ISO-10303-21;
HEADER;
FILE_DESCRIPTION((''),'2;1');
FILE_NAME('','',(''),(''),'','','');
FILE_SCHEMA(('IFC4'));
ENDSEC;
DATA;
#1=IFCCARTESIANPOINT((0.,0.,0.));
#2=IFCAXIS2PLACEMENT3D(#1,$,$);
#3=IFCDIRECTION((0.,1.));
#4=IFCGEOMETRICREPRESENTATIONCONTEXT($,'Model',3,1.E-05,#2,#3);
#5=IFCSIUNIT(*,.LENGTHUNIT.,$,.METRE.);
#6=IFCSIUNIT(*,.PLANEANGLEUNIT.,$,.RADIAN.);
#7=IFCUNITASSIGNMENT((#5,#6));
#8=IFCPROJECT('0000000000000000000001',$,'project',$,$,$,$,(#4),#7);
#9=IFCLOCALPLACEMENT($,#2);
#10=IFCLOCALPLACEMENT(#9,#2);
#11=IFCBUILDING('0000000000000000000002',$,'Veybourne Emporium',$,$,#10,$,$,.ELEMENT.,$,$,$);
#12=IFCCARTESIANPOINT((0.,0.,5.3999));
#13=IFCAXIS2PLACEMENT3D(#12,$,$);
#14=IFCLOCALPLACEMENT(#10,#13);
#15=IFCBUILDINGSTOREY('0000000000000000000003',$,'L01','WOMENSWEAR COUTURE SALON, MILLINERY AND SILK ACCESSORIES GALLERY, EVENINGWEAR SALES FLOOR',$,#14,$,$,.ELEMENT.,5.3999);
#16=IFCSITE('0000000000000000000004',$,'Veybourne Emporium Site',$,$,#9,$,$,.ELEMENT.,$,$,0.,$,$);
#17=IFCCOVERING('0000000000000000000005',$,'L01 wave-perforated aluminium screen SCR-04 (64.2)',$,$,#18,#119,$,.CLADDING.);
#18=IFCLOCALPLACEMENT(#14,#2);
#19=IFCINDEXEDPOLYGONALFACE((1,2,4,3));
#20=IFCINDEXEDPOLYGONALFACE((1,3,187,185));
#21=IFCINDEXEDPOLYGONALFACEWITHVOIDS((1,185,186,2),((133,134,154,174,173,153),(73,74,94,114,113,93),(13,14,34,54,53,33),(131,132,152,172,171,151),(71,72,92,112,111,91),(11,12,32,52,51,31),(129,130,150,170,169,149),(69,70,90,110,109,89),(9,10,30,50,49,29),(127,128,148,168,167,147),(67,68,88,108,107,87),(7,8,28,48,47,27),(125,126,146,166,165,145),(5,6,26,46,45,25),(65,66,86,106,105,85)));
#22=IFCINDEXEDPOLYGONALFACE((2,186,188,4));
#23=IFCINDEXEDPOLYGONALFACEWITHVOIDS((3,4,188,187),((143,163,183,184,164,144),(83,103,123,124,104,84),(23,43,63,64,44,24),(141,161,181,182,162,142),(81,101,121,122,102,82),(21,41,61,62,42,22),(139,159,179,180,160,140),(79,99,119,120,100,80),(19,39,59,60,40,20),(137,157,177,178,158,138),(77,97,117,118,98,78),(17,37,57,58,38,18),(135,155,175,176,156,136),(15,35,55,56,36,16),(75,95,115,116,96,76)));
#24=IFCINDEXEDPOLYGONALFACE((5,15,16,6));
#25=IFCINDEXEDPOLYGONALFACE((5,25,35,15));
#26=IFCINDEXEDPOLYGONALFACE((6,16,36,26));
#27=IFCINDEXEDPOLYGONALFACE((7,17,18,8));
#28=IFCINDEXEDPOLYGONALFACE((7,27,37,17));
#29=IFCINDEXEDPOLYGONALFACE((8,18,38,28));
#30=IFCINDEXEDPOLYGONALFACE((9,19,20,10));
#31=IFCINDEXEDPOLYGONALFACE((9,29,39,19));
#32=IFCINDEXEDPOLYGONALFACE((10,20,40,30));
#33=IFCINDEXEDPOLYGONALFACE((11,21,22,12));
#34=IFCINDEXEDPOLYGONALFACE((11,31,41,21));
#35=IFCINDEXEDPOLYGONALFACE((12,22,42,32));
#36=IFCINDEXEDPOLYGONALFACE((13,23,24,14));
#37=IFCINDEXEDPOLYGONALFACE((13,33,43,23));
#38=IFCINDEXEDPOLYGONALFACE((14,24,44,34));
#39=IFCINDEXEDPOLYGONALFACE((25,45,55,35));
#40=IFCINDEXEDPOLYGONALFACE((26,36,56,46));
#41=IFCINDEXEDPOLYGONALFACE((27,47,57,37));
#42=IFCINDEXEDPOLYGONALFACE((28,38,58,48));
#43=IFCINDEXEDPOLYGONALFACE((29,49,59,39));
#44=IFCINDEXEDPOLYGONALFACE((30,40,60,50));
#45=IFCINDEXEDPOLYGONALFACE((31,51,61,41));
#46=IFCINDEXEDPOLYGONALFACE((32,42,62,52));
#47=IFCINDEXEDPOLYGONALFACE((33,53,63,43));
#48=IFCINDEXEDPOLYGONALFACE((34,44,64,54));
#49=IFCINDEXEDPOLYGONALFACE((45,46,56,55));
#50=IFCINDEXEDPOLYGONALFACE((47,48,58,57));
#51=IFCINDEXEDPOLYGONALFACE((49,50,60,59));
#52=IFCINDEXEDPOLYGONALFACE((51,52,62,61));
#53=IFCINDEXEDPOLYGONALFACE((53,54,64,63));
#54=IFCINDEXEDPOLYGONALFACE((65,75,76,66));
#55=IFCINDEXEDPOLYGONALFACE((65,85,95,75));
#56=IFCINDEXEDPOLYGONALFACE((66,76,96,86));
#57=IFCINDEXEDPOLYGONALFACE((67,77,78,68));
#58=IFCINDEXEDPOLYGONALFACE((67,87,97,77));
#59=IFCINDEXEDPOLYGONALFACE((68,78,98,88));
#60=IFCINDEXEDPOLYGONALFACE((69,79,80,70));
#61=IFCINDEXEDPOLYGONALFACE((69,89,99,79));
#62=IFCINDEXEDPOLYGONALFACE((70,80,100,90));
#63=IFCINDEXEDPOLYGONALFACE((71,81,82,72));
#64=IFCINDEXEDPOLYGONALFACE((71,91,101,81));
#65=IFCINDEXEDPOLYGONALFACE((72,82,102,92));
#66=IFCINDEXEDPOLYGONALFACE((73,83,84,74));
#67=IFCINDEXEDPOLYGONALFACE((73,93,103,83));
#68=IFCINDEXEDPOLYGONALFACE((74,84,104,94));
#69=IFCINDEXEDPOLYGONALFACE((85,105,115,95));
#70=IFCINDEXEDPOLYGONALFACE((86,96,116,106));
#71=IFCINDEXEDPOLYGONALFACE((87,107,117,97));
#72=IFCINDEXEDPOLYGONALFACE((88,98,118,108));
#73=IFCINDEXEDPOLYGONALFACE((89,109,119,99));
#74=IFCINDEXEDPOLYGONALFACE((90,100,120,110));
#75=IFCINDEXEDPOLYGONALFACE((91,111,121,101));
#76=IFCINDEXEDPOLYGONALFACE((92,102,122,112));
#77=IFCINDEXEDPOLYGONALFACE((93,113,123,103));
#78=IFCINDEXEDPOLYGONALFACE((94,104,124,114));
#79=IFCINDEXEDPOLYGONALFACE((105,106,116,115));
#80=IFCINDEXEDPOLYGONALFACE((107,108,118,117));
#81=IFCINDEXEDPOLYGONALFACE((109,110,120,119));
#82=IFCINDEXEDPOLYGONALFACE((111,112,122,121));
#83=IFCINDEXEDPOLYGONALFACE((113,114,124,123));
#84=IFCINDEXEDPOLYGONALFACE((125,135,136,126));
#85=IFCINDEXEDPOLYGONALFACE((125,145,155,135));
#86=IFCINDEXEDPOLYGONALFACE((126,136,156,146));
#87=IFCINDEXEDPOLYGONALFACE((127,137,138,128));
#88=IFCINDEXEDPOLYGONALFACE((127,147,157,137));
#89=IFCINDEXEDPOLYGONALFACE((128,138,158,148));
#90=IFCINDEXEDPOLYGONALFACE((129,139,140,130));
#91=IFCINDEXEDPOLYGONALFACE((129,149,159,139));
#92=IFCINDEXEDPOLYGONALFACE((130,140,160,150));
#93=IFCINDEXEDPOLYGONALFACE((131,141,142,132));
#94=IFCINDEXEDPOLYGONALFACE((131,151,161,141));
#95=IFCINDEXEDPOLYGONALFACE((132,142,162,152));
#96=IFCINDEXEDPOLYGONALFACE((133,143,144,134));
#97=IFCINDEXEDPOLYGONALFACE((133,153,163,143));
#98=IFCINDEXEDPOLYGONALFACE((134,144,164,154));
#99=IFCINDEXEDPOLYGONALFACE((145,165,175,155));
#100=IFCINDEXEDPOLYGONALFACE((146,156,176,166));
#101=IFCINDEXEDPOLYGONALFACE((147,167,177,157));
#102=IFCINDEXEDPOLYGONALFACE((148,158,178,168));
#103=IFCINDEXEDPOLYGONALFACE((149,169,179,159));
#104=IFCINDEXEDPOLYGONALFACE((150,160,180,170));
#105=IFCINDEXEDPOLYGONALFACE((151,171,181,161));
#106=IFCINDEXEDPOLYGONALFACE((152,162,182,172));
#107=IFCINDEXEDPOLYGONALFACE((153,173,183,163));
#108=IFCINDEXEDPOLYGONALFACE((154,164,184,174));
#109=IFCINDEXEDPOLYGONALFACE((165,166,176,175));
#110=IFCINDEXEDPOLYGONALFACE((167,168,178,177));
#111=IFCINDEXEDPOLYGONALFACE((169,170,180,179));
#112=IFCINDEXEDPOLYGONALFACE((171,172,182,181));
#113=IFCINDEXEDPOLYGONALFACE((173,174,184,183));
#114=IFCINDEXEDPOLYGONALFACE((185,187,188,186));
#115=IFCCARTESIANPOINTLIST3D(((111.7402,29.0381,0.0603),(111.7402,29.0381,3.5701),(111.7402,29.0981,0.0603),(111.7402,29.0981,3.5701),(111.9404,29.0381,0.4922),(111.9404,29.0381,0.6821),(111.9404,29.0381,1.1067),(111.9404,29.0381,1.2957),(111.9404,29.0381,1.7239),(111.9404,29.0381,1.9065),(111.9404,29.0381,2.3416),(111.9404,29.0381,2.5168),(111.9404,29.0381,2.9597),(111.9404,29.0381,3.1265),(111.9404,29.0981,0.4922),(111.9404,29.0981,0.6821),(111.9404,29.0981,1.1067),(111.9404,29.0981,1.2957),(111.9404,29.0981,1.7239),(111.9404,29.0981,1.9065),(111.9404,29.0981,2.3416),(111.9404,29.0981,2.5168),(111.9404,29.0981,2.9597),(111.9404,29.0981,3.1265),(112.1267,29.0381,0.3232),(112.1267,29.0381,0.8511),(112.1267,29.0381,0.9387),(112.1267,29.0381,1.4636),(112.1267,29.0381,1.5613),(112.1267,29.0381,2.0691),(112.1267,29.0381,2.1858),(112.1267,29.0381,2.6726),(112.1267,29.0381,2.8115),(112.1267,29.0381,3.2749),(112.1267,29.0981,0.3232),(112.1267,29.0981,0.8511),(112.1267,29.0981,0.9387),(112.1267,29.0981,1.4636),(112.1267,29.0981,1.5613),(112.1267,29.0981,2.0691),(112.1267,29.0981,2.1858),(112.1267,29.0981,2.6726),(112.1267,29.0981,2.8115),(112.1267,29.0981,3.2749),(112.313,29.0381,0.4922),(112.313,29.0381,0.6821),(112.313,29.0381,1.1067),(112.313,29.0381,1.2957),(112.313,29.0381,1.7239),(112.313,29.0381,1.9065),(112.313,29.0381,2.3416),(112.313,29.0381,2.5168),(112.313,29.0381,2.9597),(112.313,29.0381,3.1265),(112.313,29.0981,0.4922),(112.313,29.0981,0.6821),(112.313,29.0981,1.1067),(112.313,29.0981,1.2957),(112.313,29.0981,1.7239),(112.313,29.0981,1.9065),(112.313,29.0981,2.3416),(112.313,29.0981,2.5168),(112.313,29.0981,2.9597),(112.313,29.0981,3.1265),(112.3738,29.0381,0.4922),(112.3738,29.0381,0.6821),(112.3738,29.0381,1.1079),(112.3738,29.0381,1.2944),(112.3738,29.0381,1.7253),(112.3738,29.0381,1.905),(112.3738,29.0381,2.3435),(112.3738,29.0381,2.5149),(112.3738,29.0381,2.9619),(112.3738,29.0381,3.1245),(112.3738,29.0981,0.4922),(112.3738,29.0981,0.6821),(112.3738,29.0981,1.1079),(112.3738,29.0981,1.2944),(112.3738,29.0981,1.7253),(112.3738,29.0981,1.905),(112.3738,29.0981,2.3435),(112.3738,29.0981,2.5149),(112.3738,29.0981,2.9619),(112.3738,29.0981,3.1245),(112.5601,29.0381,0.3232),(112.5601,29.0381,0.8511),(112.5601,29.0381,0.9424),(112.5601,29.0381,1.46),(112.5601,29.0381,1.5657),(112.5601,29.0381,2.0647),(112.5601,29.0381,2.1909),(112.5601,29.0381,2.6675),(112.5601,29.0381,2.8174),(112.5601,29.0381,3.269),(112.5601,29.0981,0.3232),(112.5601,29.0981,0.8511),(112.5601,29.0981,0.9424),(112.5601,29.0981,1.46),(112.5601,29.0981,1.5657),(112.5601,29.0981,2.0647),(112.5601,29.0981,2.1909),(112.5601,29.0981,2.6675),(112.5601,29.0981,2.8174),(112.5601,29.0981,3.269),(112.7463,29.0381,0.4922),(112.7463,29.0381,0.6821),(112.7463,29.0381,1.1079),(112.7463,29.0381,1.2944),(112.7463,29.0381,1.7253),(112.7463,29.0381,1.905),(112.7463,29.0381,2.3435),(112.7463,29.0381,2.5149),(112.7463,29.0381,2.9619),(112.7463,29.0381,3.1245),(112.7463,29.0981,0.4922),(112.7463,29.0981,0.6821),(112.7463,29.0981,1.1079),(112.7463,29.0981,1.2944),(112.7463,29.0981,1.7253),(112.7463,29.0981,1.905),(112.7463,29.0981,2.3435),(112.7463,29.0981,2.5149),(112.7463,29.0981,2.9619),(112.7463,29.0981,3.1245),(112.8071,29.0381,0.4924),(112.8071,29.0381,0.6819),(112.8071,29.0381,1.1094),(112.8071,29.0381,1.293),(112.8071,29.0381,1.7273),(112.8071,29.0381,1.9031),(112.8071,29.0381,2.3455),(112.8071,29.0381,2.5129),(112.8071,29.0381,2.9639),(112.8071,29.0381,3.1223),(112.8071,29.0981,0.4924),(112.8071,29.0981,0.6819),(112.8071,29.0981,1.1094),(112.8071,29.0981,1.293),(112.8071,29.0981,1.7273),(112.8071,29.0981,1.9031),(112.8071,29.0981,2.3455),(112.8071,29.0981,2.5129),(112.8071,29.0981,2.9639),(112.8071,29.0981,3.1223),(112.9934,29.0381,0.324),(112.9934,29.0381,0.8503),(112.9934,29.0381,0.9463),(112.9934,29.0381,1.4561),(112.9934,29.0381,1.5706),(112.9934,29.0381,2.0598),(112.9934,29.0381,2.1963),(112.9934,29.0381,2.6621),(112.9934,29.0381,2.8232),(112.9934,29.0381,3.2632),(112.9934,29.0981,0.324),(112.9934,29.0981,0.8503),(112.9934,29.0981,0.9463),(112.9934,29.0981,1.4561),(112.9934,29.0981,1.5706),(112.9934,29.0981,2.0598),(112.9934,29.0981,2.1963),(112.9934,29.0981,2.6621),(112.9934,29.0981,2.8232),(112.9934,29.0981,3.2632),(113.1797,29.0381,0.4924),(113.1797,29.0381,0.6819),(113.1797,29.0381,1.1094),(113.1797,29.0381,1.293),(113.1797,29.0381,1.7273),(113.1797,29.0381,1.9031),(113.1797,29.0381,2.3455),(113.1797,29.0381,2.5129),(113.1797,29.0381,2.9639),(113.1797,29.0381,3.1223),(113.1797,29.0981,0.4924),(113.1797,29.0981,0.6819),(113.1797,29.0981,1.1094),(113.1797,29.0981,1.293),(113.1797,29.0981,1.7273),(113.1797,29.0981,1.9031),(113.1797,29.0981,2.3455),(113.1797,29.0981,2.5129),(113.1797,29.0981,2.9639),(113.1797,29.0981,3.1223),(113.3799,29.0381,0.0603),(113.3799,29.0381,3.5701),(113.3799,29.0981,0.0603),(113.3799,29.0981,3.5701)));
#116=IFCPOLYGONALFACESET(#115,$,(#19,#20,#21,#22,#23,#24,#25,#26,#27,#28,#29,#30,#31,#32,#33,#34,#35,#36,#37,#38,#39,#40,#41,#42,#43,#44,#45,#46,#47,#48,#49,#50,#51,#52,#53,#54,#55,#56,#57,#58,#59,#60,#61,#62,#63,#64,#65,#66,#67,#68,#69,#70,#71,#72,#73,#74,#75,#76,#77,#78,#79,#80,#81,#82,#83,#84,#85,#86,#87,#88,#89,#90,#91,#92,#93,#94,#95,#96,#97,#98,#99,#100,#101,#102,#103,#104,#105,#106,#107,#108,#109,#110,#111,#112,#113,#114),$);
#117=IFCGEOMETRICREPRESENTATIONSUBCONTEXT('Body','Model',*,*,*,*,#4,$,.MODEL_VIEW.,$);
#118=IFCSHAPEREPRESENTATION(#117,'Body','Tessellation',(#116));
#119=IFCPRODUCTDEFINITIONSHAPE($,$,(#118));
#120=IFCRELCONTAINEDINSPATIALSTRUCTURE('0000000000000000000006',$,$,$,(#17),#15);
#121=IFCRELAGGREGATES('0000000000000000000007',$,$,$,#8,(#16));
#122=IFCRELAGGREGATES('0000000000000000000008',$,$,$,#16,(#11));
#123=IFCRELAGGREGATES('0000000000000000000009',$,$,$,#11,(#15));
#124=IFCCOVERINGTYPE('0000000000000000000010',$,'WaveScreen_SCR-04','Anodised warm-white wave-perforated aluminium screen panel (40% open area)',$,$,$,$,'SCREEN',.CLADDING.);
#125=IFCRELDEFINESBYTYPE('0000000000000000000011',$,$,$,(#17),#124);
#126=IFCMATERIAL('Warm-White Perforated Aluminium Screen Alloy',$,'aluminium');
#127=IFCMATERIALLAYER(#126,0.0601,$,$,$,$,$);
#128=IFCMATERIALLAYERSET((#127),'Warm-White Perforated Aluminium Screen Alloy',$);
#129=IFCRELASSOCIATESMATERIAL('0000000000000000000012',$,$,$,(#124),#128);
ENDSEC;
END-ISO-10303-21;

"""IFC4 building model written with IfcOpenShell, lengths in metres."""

from ifc_helpers import new_model, si_unit, direction, frame, origin, place, context, subcontext, project, spatial, polyline, outline, extrude, material, layer, layer_set, type_object, element, save


model = new_model("IFC4")

# Units and contexts
model_context = context("Model", 3, precision=1e-05, world=origin(), true_north=direction((0.0, 1.0)))
body_context = subcontext(model_context, "Body", "Model", "MODEL_VIEW")
ifc_project = project(units=[si_unit("LENGTHUNIT", "METRE"), si_unit("PLANEANGLEUNIT", "RADIAN")], contexts=[model_context])

# Site, building, storey
site_placement = place(None, origin())
site = spatial("IfcSite", under=ifc_project, at=site_placement, Name="Veybourne Emporium Site", CompositionType="ELEMENT", RefElevation=0.0)
building_placement = place(site_placement, origin())
building = spatial("IfcBuilding", under=site, at=building_placement, Name="Veybourne Emporium", CompositionType="ELEMENT")
storey_placement = place(building_placement, frame((0.0, 0.0, 5.3999)))
storey = spatial("IfcBuildingStorey", under=building, at=storey_placement, Name="L01", Description="WOMENSWEAR COUTURE SALON, MILLINERY AND SILK ACCESSORIES GALLERY, EVENINGWEAR SALES FLOOR", CompositionType="ELEMENT", Elevation=5.3999)

# Covering
ifc_material_1 = material(Name="Warm-White Perforated Aluminium Screen Alloy", Category="aluminium")
ifc_layer_1 = layer(ifc_material_1, 0.0601)
ifc_layer_set_1 = layer_set([ifc_layer_1], Name="Warm-White Perforated Aluminium Screen Alloy")
covering_type_1 = type_object("IfcCoveringType", Name="WaveScreen_SCR-04", Description="Anodised warm-white wave-perforated aluminium screen panel (40% open area)", ElementType="SCREEN", PredefinedType="CLADDING", material=ifc_layer_set_1)
covering_1_placement = place(storey_placement, frame((112.5601, 29.0981, 1.8152), z_axis=(0.0, -1.0, 0.0), x_axis=(1.0, 0.0, 0.0)))
element("IfcCovering", 1, at=covering_1_placement, inside=storey, type_object=covering_type_1, Name="L01 wave-perforated aluminium screen SCR-04 (64.2)", PredefinedType="CLADDING", context=body_context, shape_type="SweptSolid", body=[
    extrude(outline(polyline([(-0.8198, -1.7549), (0.8198, -1.7549), (0.8198, 1.7549), (-0.8198, 1.7549), (-0.8198, -1.7549)]), holes=[polyline([(-0.4333, -0.9641), (-0.2471, -1.1331), (-0.2471, -1.323), (-0.4333, -1.4919), (-0.6196, -1.323), (-0.6196, -1.1331), (-0.4333, -0.9641)]), polyline([(-0.4333, -0.3516), (-0.2471, -0.5195), (-0.2471, -0.7085), (-0.4333, -0.8765), (-0.6196, -0.7085), (-0.6196, -0.5195), (-0.4333, -0.3516)]), polyline([(-0.4333, 0.2539), (-0.2471, 0.0913), (-0.2471, -0.0913), (-0.4333, -0.2539), (-0.6196, -0.0913), (-0.6196, 0.0913), (-0.4333, 0.2539)]), polyline([(-0.4333, 0.8574), (-0.2471, 0.7017), (-0.2471, 0.5264), (-0.4333, 0.3706), (-0.6196, 0.5264), (-0.6196, 0.7017), (-0.4333, 0.8574)]), polyline([(-0.4333, 1.4597), (-0.2471, 1.3113), (-0.2471, 1.1445), (-0.4333, 0.9963), (-0.6196, 1.1445), (-0.6196, 1.3113), (-0.4333, 1.4597)]), polyline([(0.0, -0.9641), (0.1863, -1.1331), (0.1863, -1.323), (0.0, -1.4919), (-0.1863, -1.323), (-0.1863, -1.1331), (0.0, -0.9641)]), polyline([(0.0, -0.3552), (0.1863, -0.5208), (0.1863, -0.7073), (0.0, -0.8728), (-0.1863, -0.7073), (-0.1863, -0.5208), (0.0, -0.3552)]), polyline([(0.0, 0.2495), (0.1863, 0.0898), (0.1863, -0.0898), (0.0, -0.2495), (-0.1863, -0.0898), (-0.1863, 0.0898), (0.0, 0.2495)]), polyline([(0.0, 0.8523), (0.1863, 0.6997), (0.1863, 0.5283), (0.0, 0.3757), (-0.1863, 0.5283), (-0.1863, 0.6997), (0.0, 0.8523)]), polyline([(0.0, 1.4539), (0.1863, 1.3093), (0.1863, 1.1467), (0.0, 1.0022), (-0.1863, 1.1467), (-0.1863, 1.3093), (0.0, 1.4539)]), polyline([(0.4333, -0.9648), (0.6196, -1.1333), (0.6196, -1.3228), (0.4333, -1.4912), (0.2471, -1.3228), (0.2471, -1.1333), (0.4333, -0.9648)]), polyline([(0.4333, -0.3591), (0.6196, -0.5222), (0.6196, -0.7058), (0.4333, -0.8689), (0.2471, -0.7058), (0.2471, -0.5222), (0.4333, -0.3591)]), polyline([(0.4333, 0.2446), (0.6196, 0.0879), (0.6196, -0.0879), (0.4333, -0.2446), (0.2471, -0.0879), (0.2471, 0.0879), (0.4333, 0.2446)]), polyline([(0.4333, 0.8469), (0.6196, 0.6978), (0.6196, 0.5303), (0.4333, 0.3811), (0.2471, 0.5303), (0.2471, 0.6978), (0.4333, 0.8469)]), polyline([(0.4333, 1.448), (0.6196, 1.3071), (0.6196, 1.1487), (0.4333, 1.0081), (0.2471, 1.1487), (0.2471, 1.3071), (0.4333, 1.448)])]), origin(), (0.0, 0.0, 1.0), 0.0601),
])

save(model, "model.ifc")
